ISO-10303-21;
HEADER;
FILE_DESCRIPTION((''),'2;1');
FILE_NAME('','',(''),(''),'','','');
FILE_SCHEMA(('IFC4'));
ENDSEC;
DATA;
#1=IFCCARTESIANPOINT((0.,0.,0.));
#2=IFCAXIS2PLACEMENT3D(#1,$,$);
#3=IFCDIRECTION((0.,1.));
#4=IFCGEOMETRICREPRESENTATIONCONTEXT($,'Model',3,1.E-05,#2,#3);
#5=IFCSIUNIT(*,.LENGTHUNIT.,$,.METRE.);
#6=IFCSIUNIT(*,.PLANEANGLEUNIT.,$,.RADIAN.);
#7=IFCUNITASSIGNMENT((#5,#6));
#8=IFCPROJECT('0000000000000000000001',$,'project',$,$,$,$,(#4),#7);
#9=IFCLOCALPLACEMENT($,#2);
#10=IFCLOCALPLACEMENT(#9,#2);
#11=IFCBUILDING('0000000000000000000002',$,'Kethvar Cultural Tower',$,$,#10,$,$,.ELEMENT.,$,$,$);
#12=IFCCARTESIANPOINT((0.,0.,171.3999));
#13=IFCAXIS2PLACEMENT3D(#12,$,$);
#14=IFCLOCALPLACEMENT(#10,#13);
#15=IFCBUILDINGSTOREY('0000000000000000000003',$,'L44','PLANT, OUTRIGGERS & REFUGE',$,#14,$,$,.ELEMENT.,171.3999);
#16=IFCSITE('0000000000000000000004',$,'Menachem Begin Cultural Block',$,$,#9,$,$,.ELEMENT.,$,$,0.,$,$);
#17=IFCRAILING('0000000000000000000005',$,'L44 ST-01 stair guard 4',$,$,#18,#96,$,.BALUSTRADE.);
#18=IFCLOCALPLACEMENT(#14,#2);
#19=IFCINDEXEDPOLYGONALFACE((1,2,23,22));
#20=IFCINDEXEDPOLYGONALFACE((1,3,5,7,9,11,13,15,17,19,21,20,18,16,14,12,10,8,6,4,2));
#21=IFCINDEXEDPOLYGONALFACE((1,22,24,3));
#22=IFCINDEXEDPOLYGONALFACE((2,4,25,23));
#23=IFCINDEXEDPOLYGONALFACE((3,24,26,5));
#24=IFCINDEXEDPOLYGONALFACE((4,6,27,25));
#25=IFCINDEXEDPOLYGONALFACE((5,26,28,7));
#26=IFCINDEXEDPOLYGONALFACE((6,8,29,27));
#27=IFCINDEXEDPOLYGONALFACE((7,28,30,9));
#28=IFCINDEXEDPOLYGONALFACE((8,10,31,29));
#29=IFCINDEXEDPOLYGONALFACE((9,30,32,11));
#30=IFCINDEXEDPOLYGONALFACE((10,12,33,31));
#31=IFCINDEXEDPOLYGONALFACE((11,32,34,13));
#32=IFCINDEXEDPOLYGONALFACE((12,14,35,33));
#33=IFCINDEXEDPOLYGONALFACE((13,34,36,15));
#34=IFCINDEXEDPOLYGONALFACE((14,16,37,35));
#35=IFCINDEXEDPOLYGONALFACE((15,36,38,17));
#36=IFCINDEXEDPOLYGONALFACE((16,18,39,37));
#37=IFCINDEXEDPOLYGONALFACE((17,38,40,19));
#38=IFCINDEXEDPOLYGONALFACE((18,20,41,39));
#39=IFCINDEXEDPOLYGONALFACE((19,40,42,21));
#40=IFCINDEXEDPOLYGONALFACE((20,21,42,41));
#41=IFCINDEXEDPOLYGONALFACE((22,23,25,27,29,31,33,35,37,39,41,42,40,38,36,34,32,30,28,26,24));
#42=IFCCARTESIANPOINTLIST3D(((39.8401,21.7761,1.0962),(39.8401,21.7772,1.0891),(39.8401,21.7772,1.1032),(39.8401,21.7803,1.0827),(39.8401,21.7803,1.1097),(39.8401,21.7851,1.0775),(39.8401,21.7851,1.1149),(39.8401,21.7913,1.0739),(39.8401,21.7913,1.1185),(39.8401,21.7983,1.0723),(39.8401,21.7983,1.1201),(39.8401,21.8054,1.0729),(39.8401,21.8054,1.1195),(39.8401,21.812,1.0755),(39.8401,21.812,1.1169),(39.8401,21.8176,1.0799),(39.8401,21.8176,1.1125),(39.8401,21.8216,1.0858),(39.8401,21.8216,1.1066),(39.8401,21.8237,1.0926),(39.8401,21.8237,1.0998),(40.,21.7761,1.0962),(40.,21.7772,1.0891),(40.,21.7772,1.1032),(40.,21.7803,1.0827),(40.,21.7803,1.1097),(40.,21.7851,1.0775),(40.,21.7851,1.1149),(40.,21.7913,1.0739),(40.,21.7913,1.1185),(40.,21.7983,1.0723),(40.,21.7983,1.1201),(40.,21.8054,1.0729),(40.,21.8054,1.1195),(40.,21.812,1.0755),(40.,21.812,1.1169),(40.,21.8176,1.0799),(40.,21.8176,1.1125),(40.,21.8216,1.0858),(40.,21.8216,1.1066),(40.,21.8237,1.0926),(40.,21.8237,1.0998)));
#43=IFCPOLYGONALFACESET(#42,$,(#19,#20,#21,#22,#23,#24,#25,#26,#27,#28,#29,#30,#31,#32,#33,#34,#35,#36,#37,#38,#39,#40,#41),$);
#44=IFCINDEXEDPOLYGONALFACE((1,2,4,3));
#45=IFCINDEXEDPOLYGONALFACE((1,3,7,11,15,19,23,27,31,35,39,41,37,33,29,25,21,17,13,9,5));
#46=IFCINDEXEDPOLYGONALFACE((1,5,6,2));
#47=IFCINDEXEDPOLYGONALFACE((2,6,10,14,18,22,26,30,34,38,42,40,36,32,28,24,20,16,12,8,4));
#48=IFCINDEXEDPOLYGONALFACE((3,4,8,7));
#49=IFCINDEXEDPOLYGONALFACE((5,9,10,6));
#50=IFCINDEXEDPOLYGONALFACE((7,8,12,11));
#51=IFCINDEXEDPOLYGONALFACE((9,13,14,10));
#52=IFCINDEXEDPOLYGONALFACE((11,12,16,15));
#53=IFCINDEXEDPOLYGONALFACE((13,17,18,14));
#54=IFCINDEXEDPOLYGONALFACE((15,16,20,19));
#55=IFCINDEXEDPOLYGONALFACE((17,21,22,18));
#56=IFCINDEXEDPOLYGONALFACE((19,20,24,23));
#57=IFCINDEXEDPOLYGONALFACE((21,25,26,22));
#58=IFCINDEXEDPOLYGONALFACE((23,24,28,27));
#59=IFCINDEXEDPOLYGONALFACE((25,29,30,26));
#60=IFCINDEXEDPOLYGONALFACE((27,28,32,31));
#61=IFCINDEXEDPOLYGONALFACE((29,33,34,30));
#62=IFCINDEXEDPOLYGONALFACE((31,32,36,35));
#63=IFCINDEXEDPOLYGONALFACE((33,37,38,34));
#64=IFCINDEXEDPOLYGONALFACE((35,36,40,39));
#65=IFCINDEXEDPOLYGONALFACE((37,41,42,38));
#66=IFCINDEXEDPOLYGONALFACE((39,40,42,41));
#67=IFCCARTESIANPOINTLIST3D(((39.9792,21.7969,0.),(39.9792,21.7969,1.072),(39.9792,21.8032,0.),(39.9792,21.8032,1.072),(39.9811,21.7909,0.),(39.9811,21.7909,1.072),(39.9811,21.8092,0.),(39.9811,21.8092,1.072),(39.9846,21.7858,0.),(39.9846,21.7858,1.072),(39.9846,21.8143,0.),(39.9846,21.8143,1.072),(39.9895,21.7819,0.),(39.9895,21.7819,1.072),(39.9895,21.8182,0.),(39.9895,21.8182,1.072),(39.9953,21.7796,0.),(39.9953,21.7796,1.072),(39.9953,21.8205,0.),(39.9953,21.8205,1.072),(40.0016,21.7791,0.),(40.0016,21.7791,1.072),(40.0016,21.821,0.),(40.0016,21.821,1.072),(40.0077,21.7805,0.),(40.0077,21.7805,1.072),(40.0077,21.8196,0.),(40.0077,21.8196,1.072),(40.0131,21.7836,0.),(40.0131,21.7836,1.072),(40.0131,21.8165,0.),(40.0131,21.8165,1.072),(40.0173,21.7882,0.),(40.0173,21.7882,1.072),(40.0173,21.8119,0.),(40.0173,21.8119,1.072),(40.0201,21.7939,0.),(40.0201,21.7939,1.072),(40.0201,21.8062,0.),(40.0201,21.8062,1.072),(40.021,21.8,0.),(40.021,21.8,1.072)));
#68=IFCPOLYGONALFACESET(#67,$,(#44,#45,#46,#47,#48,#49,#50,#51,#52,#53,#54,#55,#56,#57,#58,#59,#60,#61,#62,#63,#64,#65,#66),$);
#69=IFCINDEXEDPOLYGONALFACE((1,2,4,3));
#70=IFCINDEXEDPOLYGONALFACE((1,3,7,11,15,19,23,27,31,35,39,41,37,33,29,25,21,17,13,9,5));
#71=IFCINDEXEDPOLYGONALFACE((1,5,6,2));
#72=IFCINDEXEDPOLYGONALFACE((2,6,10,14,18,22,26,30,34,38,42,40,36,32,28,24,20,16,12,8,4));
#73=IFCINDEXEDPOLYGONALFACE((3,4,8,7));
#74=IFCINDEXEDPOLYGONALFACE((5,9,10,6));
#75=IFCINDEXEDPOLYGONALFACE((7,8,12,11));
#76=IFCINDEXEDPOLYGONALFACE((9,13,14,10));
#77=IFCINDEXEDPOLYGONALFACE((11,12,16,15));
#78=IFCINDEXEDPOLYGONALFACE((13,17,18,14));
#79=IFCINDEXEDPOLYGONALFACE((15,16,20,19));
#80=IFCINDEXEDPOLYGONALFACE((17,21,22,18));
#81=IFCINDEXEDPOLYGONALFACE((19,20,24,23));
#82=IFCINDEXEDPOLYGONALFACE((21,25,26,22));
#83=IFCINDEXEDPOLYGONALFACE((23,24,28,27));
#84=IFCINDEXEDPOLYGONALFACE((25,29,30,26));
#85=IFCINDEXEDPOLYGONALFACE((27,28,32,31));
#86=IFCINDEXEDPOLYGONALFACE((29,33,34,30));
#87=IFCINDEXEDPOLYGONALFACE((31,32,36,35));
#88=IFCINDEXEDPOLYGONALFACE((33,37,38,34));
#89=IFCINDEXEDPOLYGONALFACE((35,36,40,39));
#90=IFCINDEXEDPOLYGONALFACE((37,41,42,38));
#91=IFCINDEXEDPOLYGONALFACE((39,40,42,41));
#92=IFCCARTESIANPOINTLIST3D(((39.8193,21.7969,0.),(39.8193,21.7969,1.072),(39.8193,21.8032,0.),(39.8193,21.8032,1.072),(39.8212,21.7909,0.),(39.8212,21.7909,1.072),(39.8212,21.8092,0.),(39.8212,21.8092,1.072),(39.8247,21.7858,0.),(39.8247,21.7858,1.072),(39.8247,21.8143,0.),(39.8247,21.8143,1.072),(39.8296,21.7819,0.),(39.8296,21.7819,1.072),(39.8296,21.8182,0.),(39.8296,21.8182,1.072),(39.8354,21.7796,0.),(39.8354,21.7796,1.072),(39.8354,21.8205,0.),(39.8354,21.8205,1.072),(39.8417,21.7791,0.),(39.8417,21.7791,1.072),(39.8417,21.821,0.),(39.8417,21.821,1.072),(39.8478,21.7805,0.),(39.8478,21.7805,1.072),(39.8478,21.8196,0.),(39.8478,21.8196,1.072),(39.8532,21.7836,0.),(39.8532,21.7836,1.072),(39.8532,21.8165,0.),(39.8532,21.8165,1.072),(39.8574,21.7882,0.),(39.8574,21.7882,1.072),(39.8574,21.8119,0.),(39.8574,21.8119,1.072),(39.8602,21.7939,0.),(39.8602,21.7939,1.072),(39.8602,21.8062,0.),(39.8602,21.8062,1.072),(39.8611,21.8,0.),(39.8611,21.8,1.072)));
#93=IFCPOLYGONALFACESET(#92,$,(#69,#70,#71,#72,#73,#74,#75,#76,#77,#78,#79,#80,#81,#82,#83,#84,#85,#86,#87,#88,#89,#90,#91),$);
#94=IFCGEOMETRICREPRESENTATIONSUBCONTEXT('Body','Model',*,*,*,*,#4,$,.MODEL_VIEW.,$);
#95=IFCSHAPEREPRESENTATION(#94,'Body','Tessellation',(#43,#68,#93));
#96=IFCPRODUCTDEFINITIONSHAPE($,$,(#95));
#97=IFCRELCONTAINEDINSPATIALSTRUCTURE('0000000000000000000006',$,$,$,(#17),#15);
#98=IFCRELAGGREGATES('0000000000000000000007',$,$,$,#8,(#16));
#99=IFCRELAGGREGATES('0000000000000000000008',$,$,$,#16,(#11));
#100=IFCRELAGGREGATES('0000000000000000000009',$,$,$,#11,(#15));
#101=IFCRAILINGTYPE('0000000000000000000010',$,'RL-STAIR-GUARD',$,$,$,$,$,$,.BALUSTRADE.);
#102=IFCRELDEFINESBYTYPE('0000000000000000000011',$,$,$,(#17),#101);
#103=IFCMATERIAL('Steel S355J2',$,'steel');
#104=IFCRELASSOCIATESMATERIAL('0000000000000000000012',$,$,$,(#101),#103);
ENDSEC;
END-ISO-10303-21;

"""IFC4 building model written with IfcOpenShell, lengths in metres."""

from ifc_helpers import new_model, si_unit, direction, frame, origin, origin_2d, place, context, subcontext, project, spatial, circle, extrude, material, type_object, element, save


model = new_model("IFC4")

# Units and contexts
model_context = context("Model", 3, precision=1e-05, world=origin(), true_north=direction((0.0, 1.0)))
body_context = subcontext(model_context, "Body", "Model", "MODEL_VIEW")
ifc_project = project(units=[si_unit("LENGTHUNIT", "METRE"), si_unit("PLANEANGLEUNIT", "RADIAN")], contexts=[model_context])

# Site, building, storey
site_placement = place(None, origin())
site = spatial("IfcSite", under=ifc_project, at=site_placement, Name="Menachem Begin Cultural Block", CompositionType="ELEMENT", RefElevation=0.0)
building_placement = place(site_placement, origin())
building = spatial("IfcBuilding", under=site, at=building_placement, Name="Kethvar Cultural Tower", CompositionType="ELEMENT")
storey_placement = place(building_placement, frame((0.0, 0.0, 171.3999)))
storey = spatial("IfcBuildingStorey", under=building, at=storey_placement, Name="L44", Description="PLANT, OUTRIGGERS & REFUGE", CompositionType="ELEMENT", Elevation=171.3999)

# Shared definitions
ifc_material_1 = material(Name="Steel S355J2", Category="steel")

# Railing
railing_type_1 = type_object("IfcRailingType", Name="RL-STAIR-GUARD", PredefinedType="BALUSTRADE", material=ifc_material_1)
railing_1_placement = place(storey_placement, frame((40.0, 21.8, 0.0)))
element("IfcRailing", 1, at=railing_1_placement, inside=storey, type_object=railing_type_1, Name="L44 ST-01 stair guard 4", PredefinedType="BALUSTRADE", context=body_context, shape_type="SweptSolid", body=[
    extrude(circle(Radius=0.0239, at=origin_2d()), frame((0.0, 0.0, 1.0962), z_axis=(-1.0, 0.0, 0.0), x_axis=(0.0, -1.0, 0.0)), (0.0, 0.0, 1.0), 0.1599),
    extrude(circle(Radius=0.021, at=origin_2d()), origin(), (0.0, 0.0, 1.0), 1.072),
    extrude(circle(Radius=0.021, at=origin_2d()), frame((-0.1599, 0.0, 0.0)), (0.0, 0.0, 1.0), 1.072),
])

save(model, "model.ifc")
